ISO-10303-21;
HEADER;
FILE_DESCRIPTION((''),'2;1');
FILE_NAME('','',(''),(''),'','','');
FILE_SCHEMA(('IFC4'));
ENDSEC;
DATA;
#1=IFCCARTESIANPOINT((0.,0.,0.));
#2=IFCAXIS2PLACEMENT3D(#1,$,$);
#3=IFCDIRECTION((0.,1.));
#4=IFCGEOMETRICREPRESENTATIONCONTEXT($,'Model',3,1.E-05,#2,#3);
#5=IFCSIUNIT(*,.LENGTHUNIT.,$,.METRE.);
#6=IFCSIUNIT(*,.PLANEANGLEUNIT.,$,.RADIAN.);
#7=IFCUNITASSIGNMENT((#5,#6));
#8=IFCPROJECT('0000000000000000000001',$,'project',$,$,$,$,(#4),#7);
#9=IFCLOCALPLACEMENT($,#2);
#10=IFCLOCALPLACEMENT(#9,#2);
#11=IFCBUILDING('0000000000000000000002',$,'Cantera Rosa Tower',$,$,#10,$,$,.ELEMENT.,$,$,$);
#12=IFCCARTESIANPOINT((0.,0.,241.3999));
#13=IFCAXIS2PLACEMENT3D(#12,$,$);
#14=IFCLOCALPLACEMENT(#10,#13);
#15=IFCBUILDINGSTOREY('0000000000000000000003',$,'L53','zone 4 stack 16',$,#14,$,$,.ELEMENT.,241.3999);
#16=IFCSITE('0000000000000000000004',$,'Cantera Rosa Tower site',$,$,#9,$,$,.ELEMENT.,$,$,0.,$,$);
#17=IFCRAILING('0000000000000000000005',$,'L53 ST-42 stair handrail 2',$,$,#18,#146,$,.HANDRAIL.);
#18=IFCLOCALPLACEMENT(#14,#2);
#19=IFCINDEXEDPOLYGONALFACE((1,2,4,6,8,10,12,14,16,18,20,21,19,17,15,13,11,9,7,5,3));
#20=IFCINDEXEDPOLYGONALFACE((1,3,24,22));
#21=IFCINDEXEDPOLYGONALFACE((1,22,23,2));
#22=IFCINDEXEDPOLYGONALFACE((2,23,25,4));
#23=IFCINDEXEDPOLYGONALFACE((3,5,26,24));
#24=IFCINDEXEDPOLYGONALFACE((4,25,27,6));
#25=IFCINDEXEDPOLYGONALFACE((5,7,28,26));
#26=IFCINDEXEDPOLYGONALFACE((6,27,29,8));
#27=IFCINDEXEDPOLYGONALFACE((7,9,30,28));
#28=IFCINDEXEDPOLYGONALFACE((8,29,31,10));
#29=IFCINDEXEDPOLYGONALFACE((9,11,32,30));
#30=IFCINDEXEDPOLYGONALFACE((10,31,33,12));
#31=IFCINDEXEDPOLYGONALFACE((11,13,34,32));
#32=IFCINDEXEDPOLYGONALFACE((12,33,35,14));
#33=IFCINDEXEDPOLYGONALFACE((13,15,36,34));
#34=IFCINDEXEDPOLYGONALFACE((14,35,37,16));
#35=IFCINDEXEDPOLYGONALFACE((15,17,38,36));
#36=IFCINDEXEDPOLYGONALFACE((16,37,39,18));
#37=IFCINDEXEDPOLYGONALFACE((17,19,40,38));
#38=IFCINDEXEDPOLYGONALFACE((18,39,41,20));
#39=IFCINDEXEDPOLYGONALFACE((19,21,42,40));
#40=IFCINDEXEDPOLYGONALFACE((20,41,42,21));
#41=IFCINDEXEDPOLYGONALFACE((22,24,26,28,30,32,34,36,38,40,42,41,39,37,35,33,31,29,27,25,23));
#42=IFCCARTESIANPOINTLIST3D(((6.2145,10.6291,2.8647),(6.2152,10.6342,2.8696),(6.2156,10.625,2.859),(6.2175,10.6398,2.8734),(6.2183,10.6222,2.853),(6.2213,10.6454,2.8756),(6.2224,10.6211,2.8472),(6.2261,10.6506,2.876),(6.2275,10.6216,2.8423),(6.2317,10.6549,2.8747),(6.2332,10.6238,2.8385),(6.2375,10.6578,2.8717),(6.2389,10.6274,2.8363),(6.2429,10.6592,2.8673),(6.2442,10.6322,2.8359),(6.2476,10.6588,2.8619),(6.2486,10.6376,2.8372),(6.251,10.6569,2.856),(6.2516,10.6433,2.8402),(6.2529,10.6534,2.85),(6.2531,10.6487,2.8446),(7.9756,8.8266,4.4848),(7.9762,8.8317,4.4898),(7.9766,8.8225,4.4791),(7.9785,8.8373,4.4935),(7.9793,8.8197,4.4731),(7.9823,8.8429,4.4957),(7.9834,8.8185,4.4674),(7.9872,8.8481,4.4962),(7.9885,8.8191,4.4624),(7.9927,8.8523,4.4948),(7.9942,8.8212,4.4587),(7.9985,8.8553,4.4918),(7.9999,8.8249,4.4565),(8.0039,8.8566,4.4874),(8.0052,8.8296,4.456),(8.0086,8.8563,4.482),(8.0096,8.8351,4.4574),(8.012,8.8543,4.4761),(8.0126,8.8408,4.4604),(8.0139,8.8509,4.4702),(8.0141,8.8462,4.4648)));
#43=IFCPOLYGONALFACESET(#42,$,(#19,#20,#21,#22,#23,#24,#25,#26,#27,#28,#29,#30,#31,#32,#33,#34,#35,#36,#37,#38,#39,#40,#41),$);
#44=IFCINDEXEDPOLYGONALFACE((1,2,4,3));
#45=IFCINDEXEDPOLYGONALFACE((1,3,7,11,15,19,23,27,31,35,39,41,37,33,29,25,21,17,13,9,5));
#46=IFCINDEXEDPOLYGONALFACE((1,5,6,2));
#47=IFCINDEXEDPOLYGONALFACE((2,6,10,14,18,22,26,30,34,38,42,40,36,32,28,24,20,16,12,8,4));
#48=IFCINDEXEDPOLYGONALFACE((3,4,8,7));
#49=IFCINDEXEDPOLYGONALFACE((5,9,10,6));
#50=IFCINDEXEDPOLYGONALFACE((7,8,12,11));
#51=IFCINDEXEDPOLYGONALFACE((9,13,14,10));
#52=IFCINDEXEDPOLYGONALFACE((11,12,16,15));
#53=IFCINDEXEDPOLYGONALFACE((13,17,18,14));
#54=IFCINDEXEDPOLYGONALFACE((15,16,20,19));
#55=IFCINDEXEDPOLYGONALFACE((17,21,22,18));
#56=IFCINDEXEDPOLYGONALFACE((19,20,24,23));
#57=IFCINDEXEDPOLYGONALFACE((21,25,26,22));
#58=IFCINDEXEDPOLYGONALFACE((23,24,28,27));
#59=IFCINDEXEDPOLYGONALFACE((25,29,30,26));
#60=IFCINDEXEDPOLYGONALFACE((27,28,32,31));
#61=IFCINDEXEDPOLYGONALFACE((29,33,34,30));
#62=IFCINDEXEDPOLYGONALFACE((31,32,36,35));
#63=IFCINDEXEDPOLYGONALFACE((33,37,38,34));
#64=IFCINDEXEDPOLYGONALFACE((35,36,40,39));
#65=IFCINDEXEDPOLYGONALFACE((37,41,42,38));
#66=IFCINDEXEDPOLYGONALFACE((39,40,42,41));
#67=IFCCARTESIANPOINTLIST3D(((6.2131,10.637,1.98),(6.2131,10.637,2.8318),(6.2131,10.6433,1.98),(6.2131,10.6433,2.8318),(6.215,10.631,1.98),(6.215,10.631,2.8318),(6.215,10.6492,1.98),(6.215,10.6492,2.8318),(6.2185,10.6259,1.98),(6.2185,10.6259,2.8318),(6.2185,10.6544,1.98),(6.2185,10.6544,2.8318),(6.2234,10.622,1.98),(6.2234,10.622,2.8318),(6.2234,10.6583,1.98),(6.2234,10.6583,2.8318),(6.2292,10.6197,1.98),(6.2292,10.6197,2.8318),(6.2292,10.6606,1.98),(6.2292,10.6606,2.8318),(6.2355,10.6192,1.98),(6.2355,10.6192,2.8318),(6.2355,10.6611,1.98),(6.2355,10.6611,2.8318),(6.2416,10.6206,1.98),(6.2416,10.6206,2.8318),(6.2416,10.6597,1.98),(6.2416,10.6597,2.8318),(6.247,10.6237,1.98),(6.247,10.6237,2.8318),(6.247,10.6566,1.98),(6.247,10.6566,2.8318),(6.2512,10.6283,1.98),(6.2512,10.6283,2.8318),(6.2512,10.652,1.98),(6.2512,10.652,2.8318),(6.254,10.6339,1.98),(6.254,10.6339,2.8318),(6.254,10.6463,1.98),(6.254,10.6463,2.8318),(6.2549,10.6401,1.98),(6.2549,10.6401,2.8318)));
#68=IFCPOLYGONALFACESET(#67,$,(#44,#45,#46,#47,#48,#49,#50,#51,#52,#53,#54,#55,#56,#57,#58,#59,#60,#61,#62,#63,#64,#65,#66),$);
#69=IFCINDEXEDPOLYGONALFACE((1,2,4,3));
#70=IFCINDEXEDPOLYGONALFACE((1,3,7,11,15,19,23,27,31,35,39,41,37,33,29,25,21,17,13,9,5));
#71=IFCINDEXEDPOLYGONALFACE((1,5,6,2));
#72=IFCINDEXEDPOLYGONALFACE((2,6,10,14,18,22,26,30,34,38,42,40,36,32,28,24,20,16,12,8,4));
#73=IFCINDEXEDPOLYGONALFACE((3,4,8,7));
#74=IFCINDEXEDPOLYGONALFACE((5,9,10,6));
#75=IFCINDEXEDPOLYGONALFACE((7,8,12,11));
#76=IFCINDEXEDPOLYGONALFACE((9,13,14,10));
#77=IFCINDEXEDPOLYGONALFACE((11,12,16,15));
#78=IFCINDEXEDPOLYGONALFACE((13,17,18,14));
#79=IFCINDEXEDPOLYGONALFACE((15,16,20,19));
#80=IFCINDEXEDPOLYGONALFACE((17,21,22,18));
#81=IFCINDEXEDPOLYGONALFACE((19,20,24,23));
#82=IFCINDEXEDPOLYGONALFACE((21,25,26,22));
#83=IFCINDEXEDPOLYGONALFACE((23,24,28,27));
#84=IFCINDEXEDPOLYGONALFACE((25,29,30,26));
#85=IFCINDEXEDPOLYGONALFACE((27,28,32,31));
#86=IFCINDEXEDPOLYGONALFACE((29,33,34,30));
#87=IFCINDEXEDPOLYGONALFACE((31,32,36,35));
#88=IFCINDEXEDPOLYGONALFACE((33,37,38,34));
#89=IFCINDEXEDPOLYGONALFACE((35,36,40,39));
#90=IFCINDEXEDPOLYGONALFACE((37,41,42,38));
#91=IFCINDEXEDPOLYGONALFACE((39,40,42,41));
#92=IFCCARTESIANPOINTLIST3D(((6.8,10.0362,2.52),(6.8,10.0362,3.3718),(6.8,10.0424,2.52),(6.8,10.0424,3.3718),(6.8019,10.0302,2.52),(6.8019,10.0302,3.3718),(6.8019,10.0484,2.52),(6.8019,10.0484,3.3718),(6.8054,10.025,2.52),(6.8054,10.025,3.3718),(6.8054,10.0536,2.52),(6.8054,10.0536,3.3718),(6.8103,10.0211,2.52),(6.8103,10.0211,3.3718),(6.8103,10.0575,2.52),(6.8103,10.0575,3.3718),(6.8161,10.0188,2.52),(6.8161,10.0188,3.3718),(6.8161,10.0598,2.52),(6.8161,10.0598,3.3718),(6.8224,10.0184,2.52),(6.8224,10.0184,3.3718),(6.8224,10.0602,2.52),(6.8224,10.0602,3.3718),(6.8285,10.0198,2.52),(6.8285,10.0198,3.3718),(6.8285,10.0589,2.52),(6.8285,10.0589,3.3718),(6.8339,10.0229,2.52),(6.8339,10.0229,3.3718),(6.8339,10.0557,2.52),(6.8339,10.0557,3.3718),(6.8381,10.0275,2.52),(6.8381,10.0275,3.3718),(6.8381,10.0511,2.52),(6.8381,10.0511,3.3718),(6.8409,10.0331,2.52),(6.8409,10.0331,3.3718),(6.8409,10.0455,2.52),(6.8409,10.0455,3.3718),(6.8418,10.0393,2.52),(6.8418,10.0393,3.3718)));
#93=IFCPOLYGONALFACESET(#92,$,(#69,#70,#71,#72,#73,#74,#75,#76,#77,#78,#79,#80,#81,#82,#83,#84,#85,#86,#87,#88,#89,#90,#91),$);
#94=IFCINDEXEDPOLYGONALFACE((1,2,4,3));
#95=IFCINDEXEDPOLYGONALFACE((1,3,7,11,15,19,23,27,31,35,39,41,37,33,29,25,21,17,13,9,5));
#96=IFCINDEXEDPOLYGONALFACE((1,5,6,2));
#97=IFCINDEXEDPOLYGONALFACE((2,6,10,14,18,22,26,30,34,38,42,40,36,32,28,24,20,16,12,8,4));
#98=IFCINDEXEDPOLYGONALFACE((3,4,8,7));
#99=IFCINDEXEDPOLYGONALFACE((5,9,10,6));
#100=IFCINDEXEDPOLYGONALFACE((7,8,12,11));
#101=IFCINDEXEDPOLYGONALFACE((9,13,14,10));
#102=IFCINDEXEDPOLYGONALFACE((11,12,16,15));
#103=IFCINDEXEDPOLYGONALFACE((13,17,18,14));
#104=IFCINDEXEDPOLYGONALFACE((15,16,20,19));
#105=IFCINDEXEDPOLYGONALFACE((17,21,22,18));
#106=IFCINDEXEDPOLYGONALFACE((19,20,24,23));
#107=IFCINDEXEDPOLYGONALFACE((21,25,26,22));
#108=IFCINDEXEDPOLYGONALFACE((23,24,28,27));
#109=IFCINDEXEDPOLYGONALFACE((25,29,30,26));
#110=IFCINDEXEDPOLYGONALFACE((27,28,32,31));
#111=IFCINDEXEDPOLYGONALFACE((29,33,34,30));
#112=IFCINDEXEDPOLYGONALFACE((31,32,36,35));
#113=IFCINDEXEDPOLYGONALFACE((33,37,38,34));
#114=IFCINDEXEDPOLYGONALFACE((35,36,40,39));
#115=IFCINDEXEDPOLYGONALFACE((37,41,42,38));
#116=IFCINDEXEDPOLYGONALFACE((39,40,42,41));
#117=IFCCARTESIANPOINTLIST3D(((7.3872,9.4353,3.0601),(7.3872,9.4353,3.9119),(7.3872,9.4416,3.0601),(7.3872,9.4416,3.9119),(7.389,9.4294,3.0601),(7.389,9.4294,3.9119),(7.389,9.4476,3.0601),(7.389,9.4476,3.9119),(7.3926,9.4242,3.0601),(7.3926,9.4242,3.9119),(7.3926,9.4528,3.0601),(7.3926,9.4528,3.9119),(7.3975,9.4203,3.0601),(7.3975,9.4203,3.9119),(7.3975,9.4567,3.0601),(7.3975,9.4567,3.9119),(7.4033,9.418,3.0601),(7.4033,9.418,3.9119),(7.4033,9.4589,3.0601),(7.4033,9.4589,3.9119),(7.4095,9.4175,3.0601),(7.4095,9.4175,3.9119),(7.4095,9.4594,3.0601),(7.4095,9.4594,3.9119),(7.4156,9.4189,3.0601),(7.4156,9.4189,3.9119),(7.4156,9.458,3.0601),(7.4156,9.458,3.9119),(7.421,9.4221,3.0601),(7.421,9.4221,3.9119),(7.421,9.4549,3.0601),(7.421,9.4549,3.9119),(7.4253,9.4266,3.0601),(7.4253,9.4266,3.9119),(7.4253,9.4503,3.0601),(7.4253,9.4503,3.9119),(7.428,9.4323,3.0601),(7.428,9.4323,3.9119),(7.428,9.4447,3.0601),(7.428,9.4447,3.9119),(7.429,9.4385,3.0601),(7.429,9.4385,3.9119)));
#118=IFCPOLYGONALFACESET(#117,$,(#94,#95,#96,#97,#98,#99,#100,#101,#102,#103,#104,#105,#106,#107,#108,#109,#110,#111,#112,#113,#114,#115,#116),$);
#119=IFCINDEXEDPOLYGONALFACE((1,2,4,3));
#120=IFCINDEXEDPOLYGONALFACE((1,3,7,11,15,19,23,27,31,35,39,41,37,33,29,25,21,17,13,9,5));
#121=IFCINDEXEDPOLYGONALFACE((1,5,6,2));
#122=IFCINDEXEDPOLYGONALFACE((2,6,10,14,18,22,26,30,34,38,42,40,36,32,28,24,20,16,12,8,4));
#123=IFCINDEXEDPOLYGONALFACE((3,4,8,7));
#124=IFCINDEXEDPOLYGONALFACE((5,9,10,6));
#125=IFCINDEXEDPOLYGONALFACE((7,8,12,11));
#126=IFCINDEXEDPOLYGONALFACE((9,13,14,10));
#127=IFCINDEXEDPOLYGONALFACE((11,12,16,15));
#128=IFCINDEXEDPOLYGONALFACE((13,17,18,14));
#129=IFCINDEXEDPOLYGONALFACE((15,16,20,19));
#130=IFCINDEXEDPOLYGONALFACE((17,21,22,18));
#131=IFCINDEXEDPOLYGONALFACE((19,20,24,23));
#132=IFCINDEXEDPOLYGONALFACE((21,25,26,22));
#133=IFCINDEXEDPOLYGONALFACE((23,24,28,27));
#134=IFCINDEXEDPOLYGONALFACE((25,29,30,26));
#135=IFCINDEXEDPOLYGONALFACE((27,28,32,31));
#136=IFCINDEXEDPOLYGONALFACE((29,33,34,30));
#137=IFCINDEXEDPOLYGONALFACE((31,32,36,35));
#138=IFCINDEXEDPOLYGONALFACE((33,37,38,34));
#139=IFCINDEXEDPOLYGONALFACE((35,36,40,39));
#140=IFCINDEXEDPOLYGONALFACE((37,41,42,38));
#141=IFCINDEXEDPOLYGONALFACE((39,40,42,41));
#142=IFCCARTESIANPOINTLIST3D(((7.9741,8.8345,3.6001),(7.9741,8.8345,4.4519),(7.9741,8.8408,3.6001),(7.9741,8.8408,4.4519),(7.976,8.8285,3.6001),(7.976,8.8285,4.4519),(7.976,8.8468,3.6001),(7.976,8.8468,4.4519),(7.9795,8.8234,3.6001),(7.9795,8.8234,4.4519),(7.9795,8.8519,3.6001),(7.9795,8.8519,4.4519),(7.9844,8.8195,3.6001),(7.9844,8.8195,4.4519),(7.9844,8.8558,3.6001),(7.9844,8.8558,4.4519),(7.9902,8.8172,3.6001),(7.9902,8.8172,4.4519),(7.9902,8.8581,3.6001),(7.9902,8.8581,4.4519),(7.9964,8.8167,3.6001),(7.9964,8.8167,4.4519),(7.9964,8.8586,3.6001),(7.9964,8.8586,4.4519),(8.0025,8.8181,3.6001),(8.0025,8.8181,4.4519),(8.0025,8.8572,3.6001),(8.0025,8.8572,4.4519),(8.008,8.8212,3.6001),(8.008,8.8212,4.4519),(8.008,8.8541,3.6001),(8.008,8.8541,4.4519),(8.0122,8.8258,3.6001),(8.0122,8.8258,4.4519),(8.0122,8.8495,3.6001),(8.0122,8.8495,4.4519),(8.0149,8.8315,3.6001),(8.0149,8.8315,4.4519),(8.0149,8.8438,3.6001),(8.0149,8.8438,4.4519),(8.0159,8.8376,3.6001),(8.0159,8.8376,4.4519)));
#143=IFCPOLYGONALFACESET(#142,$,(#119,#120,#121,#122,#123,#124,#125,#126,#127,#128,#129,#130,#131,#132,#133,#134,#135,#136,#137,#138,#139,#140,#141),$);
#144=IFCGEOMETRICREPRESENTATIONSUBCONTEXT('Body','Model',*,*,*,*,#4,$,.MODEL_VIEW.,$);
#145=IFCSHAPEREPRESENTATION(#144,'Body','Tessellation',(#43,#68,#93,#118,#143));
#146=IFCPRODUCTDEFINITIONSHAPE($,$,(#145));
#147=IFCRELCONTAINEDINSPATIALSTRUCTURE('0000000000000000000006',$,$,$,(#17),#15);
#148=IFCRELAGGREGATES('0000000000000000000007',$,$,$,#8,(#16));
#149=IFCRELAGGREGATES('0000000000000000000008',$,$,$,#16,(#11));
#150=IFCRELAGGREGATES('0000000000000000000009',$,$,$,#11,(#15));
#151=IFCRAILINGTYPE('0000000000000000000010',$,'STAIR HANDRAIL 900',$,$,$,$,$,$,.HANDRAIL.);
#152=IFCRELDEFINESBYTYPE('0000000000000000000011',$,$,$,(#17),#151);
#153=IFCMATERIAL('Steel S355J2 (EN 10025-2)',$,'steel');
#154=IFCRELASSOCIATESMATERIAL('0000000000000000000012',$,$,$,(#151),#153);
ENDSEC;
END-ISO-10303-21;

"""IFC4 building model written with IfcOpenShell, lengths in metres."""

from ifc_helpers import new_model, si_unit, direction, frame, origin, origin_2d, place, context, subcontext, project, spatial, circle, extrude, material, type_object, element, save


model = new_model("IFC4")

# Units and contexts
model_context = context("Model", 3, precision=1e-05, world=origin(), true_north=direction((0.0, 1.0)))
body_context = subcontext(model_context, "Body", "Model", "MODEL_VIEW")
ifc_project = project(units=[si_unit("LENGTHUNIT", "METRE"), si_unit("PLANEANGLEUNIT", "RADIAN")], contexts=[model_context])

# Site, building, storey
site_placement = place(None, origin())
site = spatial("IfcSite", under=ifc_project, at=site_placement, Name="Cantera Rosa Tower site", CompositionType="ELEMENT", RefElevation=0.0)
building_placement = place(site_placement, origin())
building = spatial("IfcBuilding", under=site, at=building_placement, Name="Cantera Rosa Tower", CompositionType="ELEMENT")
storey_placement = place(building_placement, frame((0.0, 0.0, 241.3999)))
storey = spatial("IfcBuildingStorey", under=building, at=storey_placement, Name="L53", Description="zone 4 stack 16", CompositionType="ELEMENT", Elevation=241.3999)

# Railing
ifc_material_1 = material(Name="Steel S355J2 (EN 10025-2)", Category="steel")
railing_type_1 = type_object("IfcRailingType", Name="STAIR HANDRAIL 900", PredefinedType="HANDRAIL", material=ifc_material_1)
railing_1_placement = place(storey_placement, frame((6.2339, 10.6401, 1.98)))
element("IfcRailing", 1, at=railing_1_placement, inside=storey, type_object=railing_type_1, Name="L53 ST-42 stair handrail 2", PredefinedType="HANDRAIL", context=body_context, shape_type="SweptSolid", body=[
    extrude(circle(Radius=0.0239, at=origin_2d()), frame((0.0, 0.0, 0.876), z_axis=(0.587818, -0.601672, 0.540796), x_axis=(0.715294, 0.698824, 0.0)), (0.0, 0.0, 1.0), 2.9958),
    extrude(circle(Radius=0.021, at=origin_2d()), origin(), (0.0, 0.0, 1.0), 0.8518),
    extrude(circle(Radius=0.021, at=origin_2d()), frame((0.5869, -0.6008, 0.54)), (0.0, 0.0, 1.0), 0.8518),
    extrude(circle(Radius=0.021, at=origin_2d()), frame((1.1741, -1.2017, 1.0801)), (0.0, 0.0, 1.0), 0.8518),
    extrude(circle(Radius=0.021, at=origin_2d()), frame((1.761, -1.8025, 1.6201)), (0.0, 0.0, 1.0), 0.8518),
])

save(model, "model.ifc")
